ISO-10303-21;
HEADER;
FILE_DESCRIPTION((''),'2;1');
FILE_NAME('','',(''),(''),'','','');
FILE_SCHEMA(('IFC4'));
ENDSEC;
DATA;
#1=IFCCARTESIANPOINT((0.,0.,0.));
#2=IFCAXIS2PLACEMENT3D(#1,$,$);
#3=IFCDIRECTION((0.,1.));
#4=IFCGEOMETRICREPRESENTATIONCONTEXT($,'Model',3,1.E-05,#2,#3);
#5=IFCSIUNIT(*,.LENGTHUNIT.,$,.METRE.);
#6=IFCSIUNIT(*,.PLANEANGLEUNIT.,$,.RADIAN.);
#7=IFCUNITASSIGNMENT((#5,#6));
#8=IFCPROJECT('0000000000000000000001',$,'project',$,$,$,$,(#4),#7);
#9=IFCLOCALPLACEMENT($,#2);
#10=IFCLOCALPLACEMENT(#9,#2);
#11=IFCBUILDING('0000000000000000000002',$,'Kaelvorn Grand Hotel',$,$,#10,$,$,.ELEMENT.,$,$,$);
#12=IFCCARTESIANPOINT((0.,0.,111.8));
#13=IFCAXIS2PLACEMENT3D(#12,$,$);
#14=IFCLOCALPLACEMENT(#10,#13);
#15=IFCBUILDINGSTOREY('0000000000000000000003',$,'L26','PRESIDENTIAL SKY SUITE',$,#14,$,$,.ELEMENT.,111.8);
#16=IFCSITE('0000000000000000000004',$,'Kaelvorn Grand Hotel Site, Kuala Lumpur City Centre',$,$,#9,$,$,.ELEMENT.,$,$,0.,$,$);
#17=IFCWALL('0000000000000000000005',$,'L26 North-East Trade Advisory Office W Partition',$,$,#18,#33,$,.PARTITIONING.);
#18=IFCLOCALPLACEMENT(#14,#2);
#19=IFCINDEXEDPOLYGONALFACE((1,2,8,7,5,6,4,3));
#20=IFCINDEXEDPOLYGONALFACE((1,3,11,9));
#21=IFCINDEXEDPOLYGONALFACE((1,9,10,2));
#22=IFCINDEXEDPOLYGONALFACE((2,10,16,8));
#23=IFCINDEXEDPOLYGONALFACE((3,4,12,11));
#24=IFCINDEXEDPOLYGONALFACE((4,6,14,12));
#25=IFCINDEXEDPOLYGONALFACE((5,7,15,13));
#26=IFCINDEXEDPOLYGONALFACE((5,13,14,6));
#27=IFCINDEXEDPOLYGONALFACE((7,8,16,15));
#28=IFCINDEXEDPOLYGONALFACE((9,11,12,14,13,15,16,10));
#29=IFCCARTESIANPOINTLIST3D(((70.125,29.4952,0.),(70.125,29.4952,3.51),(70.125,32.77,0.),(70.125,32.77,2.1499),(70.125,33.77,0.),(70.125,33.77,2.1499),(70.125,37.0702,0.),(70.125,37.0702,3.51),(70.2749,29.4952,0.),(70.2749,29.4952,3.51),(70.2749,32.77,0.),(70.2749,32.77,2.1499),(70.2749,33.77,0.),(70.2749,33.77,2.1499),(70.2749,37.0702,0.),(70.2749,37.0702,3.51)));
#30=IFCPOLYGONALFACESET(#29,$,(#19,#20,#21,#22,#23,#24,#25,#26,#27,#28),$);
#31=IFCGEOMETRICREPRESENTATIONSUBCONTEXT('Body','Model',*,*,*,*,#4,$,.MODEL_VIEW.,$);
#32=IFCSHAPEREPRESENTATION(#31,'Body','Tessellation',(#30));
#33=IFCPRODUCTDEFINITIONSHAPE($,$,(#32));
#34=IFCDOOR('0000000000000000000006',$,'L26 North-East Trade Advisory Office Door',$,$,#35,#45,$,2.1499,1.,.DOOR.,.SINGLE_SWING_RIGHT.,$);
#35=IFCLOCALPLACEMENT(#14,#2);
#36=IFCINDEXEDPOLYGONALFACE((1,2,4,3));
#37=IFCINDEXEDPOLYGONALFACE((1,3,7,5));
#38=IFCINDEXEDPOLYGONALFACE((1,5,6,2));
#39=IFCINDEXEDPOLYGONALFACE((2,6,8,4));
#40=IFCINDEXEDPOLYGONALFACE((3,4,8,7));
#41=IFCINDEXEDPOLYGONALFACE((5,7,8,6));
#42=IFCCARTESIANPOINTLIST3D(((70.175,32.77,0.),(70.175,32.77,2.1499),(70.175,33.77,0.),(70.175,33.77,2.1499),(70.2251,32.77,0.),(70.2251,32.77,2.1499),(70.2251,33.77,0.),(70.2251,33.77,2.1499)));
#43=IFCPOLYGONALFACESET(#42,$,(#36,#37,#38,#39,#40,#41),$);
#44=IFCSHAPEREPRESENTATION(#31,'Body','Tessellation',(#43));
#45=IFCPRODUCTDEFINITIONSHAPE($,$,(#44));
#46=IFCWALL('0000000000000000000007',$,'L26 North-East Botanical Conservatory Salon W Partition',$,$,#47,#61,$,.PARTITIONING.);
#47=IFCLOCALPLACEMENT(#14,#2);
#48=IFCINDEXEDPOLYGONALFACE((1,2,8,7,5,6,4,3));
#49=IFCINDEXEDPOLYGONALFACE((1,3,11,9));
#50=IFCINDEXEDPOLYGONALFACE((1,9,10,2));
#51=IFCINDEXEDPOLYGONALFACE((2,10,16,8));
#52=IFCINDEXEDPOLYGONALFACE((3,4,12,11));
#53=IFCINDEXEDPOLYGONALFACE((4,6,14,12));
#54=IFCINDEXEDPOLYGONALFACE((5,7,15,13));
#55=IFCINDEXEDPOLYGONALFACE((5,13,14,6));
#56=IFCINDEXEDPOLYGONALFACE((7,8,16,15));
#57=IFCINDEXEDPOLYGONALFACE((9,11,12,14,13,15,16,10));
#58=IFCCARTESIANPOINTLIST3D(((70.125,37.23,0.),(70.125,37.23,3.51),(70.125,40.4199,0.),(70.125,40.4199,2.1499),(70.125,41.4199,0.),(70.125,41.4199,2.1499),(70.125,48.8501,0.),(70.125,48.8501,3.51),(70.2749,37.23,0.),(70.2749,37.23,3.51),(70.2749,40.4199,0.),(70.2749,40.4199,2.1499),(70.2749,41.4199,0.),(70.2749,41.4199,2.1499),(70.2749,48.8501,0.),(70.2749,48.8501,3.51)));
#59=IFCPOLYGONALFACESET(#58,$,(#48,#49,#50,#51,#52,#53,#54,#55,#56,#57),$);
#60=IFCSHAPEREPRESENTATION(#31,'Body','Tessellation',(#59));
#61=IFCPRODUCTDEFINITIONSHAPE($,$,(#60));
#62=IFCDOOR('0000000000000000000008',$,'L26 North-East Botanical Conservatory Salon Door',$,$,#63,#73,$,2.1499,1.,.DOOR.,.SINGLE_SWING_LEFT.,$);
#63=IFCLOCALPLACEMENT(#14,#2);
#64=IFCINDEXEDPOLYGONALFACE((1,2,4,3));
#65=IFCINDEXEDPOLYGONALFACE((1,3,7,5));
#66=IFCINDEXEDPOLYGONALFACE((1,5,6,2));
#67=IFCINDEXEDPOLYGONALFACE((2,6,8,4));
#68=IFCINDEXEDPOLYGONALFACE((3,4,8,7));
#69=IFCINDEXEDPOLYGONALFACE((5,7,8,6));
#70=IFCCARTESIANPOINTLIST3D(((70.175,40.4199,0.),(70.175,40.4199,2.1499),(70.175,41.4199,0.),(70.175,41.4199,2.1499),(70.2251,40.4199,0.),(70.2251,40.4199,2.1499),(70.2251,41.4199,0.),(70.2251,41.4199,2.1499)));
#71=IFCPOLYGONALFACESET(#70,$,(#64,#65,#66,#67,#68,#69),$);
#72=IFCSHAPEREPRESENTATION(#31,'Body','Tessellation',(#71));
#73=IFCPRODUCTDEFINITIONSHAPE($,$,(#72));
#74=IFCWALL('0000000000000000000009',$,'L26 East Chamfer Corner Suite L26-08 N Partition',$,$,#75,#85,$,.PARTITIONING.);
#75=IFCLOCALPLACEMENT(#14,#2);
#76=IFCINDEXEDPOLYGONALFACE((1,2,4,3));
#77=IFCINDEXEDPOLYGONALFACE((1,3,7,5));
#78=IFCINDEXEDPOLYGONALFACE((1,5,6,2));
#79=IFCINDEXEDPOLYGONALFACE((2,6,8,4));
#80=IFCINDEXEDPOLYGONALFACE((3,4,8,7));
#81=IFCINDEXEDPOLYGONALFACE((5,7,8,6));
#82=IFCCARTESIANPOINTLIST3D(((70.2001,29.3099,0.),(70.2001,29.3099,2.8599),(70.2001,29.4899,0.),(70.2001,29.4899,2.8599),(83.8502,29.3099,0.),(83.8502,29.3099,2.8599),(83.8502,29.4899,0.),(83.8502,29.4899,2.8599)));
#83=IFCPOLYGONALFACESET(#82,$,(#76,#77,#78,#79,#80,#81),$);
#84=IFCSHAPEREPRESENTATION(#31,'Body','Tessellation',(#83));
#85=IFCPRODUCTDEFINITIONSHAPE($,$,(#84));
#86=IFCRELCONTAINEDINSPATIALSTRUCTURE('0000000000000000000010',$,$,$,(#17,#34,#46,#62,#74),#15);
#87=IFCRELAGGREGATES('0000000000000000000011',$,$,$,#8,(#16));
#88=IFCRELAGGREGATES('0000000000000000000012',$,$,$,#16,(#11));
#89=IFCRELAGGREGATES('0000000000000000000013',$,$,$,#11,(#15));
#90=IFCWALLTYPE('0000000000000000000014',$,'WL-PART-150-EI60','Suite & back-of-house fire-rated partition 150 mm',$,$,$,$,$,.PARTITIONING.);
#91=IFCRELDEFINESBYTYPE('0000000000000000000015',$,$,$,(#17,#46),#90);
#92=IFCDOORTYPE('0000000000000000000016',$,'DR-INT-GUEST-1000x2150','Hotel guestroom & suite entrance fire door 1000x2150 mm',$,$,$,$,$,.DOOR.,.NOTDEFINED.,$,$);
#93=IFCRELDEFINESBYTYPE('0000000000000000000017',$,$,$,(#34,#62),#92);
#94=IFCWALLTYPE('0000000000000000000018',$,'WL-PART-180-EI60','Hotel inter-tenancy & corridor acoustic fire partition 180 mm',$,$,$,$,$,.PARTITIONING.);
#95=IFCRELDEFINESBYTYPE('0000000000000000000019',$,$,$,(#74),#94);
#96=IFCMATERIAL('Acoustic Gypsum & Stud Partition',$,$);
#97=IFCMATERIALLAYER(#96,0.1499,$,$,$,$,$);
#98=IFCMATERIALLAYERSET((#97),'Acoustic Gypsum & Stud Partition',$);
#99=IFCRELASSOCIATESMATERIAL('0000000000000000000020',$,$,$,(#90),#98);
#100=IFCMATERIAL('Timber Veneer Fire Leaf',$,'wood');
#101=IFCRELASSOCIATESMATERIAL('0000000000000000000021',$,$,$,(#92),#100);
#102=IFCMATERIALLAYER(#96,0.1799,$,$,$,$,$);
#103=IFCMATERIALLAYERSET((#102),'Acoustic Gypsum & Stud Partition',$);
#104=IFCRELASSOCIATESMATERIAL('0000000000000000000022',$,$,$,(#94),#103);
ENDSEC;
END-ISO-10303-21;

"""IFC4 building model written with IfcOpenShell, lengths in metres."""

from ifc_helpers import new_model, si_unit, direction, frame, frame_2d, origin, place, context, subcontext, project, spatial, rectangle, extrude, material, layer, layer_set, type_object, element, fill, save


model = new_model("IFC4")

# Units and contexts
model_context = context("Model", 3, precision=1e-05, world=origin(), true_north=direction((0.0, 1.0)))
body_context = subcontext(model_context, "Body", "Model", "MODEL_VIEW")
ifc_project = project(units=[si_unit("LENGTHUNIT", "METRE"), si_unit("PLANEANGLEUNIT", "RADIAN")], contexts=[model_context])

# Site, building, storey
site_placement = place(None, origin())
site = spatial("IfcSite", under=ifc_project, at=site_placement, Name="Kaelvorn Grand Hotel Site, Kuala Lumpur City Centre", CompositionType="ELEMENT", RefElevation=0.0)
building_placement = place(site_placement, origin())
building = spatial("IfcBuilding", under=site, at=building_placement, Name="Kaelvorn Grand Hotel", CompositionType="ELEMENT")
storey_placement = place(building_placement, frame((0.0, 0.0, 111.8)))
storey = spatial("IfcBuildingStorey", under=building, at=storey_placement, Name="L26", Description="PRESIDENTIAL SKY SUITE", CompositionType="ELEMENT", Elevation=111.8)

# Shared definitions
ifc_material_1 = material(Name="Acoustic Gypsum & Stud Partition")
ifc_layer_1 = layer(ifc_material_1, 0.1499)
ifc_layer_set_1 = layer_set([ifc_layer_1], Name="Acoustic Gypsum & Stud Partition")
wall_type_1 = type_object("IfcWallType", Name="WL-PART-150-EI60", Description="Suite & back-of-house fire-rated partition 150 mm", PredefinedType="PARTITIONING", material=ifc_layer_set_1)

# Walls, openings, doors
wall_1_placement = place(storey_placement, frame((70.2, 29.4951, 0.0), z_axis=(0.0, 0.0, 1.0), x_axis=(0.0, 1.0, 0.0)))
wall_1 = element("IfcWall", 1, at=wall_1_placement, inside=storey, type_object=wall_type_1, Name="L26 North-East Trade Advisory Office W Partition", PredefinedType="PARTITIONING", context=body_context, shape_type="SweptSolid", body=[
    extrude(rectangle(XDim=7.575, YDim=0.1499, at=frame_2d((3.7876, 0.0))), origin(), (0.0, 0.0, 1.0), 3.51),
])
opening_1_placement = place(wall_1_placement, frame((3.2749, 0.0, 0.0)))
opening_1 = element("IfcOpeningElement", 2, at=opening_1_placement, cuts=wall_1, PredefinedType="OPENING", context=body_context, shape_type="SweptSolid", body=[
    extrude(rectangle(XDim=1.0, YDim=2.1499, at=frame_2d((0.5, 1.075))), frame((0.0, 0.085, 0.0), z_axis=(0.0, -1.0, 0.0), x_axis=(1.0, 0.0, 0.0)), (0.0, 0.0, 1.0), 0.1699),
])
ifc_material_2 = material(Name="Timber Veneer Fire Leaf", Category="wood")
door_type = type_object("IfcDoorType", Name="DR-INT-GUEST-1000x2150", Description="Hotel guestroom & suite entrance fire door 1000x2150 mm", OperationType="NOTDEFINED", PredefinedType="DOOR", material=ifc_material_2)
door_1_placement = place(opening_1_placement, origin())
door_1 = element("IfcDoor", 3, at=door_1_placement, inside=storey, type_object=door_type, Name="L26 North-East Trade Advisory Office Door", OperationType="SINGLE_SWING_RIGHT", OverallHeight=2.1499, OverallWidth=1.0, PredefinedType="DOOR", context=body_context, shape_type="SweptSolid", body=[
    extrude(rectangle(XDim=1.0, YDim=2.1499, at=frame_2d((0.5, 1.075))), frame((0.0, 0.0249, 0.0), z_axis=(0.0, -1.0, 0.0), x_axis=(1.0, 0.0, 0.0)), (0.0, 0.0, 1.0), 0.05),
])
fill(opening_1, door_1)
wall_2_placement = place(storey_placement, frame((70.2, 37.23, 0.0), z_axis=(0.0, 0.0, 1.0), x_axis=(0.0, 1.0, 0.0)))
wall_2 = element("IfcWall", 4, at=wall_2_placement, inside=storey, type_object=wall_type_1, Name="L26 North-East Botanical Conservatory Salon W Partition", PredefinedType="PARTITIONING", context=body_context, shape_type="SweptSolid", body=[
    extrude(rectangle(XDim=11.6201, YDim=0.1499, at=frame_2d((5.8101, 0.0))), origin(), (0.0, 0.0, 1.0), 3.51),
])
opening_2_placement = place(wall_2_placement, frame((3.1899, 0.0, 0.0)))
opening_2 = element("IfcOpeningElement", 5, at=opening_2_placement, cuts=wall_2, PredefinedType="OPENING", context=body_context, shape_type="SweptSolid", body=[
    extrude(rectangle(XDim=1.0, YDim=2.1499, at=frame_2d((0.5, 1.075))), frame((0.0, 0.085, 0.0), z_axis=(0.0, -1.0, 0.0), x_axis=(1.0, 0.0, 0.0)), (0.0, 0.0, 1.0), 0.1699),
])
door_2_placement = place(opening_2_placement, origin())
door_2 = element("IfcDoor", 6, at=door_2_placement, inside=storey, type_object=door_type, Name="L26 North-East Botanical Conservatory Salon Door", OperationType="SINGLE_SWING_LEFT", OverallHeight=2.1499, OverallWidth=1.0, PredefinedType="DOOR", context=body_context, shape_type="SweptSolid", body=[
    extrude(rectangle(XDim=1.0, YDim=2.1499, at=frame_2d((0.5, 1.075))), frame((0.0, 0.0249, 0.0), z_axis=(0.0, -1.0, 0.0), x_axis=(1.0, 0.0, 0.0)), (0.0, 0.0, 1.0), 0.05),
])
fill(opening_2, door_2)

# Wall
ifc_layer_2 = layer(ifc_material_1, 0.1799)
ifc_layer_set_2 = layer_set([ifc_layer_2], Name="Acoustic Gypsum & Stud Partition")
wall_type_2 = type_object("IfcWallType", Name="WL-PART-180-EI60", Description="Hotel inter-tenancy & corridor acoustic fire partition 180 mm", PredefinedType="PARTITIONING", material=ifc_layer_set_2)
wall_3_placement = place(storey_placement, frame((70.2, 29.3999, 0.0), z_axis=(0.0, 0.0, 1.0), x_axis=(1.0, 0.0, 0.0)))
element("IfcWall", 7, at=wall_3_placement, inside=storey, type_object=wall_type_2, Name="L26 East Chamfer Corner Suite L26-08 N Partition", PredefinedType="PARTITIONING", context=body_context, shape_type="SweptSolid", body=[
    extrude(rectangle(XDim=13.6501, YDim=0.1799, at=frame_2d((6.8252, 0.0))), origin(), (0.0, 0.0, 1.0), 2.8599),
])

save(model, "model.ifc")
